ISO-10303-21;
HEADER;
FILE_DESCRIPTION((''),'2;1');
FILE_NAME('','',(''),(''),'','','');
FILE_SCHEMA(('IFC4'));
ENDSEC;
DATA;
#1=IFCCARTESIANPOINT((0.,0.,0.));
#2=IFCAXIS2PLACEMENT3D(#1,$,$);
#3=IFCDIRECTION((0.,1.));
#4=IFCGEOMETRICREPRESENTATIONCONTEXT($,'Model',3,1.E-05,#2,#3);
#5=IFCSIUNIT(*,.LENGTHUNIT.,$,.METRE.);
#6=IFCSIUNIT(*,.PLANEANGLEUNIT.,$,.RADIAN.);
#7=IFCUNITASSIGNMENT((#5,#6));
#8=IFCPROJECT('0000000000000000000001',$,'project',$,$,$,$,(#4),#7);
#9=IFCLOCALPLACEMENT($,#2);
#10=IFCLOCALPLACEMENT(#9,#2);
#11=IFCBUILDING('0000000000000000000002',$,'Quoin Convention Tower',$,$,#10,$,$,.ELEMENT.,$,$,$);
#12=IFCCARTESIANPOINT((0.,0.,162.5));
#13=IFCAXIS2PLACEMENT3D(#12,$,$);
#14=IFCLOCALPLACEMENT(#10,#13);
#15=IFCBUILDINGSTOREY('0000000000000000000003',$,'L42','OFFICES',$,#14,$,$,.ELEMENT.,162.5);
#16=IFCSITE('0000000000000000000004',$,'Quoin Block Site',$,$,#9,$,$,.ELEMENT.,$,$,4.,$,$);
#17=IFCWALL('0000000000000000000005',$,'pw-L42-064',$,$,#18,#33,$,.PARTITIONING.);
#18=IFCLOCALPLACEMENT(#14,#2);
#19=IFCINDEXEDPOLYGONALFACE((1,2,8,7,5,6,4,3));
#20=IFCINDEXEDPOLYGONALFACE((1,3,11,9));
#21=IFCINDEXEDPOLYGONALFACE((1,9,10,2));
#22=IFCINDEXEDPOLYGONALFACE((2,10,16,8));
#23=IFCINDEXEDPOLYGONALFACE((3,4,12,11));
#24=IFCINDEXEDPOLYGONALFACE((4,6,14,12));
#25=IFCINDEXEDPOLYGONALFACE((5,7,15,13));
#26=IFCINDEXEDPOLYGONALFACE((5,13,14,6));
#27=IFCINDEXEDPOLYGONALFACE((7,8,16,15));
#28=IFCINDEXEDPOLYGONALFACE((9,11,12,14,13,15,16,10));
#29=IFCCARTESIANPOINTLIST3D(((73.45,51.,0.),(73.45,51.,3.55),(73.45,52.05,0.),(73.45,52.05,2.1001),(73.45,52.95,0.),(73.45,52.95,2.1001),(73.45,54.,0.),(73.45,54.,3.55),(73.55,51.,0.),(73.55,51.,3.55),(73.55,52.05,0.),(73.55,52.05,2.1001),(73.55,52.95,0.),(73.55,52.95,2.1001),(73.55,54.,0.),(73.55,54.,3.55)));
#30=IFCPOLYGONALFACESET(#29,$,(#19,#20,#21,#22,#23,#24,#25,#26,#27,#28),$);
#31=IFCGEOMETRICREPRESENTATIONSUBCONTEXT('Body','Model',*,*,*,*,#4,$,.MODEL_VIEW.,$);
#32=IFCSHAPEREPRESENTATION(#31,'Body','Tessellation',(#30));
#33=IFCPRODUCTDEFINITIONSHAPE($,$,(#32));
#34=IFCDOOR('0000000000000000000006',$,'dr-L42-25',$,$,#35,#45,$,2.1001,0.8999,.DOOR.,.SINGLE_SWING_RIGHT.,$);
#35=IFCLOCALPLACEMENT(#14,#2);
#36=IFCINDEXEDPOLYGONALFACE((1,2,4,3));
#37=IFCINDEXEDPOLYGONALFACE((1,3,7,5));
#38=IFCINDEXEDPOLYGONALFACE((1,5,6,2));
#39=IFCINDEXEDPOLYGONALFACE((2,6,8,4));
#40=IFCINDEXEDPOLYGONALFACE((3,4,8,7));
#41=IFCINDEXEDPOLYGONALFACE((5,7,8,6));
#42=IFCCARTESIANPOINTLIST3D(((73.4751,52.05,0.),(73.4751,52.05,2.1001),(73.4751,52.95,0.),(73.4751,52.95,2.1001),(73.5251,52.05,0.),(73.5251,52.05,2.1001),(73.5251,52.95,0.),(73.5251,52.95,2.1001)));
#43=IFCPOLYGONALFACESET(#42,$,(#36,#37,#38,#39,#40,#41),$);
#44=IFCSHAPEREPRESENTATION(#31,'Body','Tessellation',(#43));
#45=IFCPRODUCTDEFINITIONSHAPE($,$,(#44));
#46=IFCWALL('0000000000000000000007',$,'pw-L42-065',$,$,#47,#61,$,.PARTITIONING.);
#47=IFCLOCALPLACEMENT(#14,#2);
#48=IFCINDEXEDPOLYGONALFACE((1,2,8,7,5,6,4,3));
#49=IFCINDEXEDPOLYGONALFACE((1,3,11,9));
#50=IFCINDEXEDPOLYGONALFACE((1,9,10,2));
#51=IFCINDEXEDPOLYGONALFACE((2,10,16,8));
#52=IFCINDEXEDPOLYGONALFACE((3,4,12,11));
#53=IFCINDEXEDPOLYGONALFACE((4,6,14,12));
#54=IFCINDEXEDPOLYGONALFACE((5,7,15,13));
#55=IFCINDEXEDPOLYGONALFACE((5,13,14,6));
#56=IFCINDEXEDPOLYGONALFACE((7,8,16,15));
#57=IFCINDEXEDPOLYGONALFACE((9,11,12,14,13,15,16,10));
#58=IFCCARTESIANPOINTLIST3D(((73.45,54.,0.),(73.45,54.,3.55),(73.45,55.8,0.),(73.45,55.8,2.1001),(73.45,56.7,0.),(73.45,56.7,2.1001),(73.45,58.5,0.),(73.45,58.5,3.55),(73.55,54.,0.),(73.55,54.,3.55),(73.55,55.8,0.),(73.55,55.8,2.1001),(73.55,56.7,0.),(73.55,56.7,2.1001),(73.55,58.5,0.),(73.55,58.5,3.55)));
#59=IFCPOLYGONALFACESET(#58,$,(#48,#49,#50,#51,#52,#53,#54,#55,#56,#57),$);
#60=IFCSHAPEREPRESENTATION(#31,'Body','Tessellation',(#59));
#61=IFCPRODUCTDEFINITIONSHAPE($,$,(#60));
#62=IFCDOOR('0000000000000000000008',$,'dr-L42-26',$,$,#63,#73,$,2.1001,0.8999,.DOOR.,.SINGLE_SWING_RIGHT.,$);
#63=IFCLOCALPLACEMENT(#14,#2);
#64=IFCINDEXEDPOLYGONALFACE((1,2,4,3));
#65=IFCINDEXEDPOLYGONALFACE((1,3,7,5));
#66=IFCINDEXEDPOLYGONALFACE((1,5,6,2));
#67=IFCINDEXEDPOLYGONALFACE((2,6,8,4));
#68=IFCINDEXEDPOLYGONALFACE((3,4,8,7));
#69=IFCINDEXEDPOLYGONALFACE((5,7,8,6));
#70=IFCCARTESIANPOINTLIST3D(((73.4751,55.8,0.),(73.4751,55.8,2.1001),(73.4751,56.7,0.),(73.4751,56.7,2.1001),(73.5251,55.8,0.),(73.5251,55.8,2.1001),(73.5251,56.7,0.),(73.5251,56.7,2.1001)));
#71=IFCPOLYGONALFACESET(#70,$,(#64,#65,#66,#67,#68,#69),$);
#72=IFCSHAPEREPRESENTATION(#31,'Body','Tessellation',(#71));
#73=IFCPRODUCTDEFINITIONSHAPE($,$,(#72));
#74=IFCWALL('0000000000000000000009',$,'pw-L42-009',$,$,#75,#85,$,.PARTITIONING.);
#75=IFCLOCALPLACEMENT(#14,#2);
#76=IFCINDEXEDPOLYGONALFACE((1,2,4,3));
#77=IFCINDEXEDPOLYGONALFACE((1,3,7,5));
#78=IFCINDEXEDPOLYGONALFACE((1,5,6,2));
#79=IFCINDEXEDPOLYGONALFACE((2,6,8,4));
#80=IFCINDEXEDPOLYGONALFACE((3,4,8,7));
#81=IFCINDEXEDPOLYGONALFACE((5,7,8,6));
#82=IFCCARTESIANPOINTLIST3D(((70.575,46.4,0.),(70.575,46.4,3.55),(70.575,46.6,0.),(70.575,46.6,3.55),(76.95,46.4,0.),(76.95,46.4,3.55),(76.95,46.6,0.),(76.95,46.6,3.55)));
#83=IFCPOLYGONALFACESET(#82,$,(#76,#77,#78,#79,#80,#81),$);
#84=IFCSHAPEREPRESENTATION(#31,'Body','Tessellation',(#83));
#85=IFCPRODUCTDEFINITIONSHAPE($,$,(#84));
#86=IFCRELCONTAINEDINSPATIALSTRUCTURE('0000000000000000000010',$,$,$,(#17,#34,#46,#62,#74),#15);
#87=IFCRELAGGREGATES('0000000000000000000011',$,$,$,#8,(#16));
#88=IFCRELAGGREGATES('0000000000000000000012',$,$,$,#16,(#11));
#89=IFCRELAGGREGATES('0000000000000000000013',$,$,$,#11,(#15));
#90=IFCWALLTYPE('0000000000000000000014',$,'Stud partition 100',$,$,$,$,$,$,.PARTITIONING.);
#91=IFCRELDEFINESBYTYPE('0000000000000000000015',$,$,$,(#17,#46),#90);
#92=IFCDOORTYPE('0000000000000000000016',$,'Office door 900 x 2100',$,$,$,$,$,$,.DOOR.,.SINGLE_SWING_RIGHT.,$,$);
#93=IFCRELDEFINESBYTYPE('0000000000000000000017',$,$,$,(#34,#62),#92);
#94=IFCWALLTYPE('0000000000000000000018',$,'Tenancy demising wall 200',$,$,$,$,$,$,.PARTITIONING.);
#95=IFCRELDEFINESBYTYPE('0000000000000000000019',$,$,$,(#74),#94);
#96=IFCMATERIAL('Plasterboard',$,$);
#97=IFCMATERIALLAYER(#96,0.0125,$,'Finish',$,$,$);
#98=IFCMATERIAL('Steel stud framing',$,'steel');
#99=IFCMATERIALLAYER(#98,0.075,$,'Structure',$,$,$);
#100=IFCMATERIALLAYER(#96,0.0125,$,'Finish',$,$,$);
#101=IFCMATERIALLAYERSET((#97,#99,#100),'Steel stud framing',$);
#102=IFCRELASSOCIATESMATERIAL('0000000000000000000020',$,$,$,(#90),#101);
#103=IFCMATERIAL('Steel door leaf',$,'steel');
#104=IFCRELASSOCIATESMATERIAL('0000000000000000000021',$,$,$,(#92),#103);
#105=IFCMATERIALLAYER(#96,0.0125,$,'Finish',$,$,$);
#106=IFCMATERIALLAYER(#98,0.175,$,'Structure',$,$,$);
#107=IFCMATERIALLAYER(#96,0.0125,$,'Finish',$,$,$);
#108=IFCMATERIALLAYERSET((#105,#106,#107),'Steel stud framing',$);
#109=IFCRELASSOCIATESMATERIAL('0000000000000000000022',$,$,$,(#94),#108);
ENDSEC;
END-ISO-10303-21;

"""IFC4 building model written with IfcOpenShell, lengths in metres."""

from ifc_helpers import new_model, si_unit, direction, frame, frame_2d, origin, place, context, subcontext, project, spatial, rectangle, extrude, material, layer, layer_set, type_object, element, fill, save


model = new_model("IFC4")

# Units and contexts
model_context = context("Model", 3, precision=1e-05, world=origin(), true_north=direction((0.0, 1.0)))
body_context = subcontext(model_context, "Body", "Model", "MODEL_VIEW")
ifc_project = project(units=[si_unit("LENGTHUNIT", "METRE"), si_unit("PLANEANGLEUNIT", "RADIAN")], contexts=[model_context])

# Site, building, storey
site_placement = place(None, origin())
site = spatial("IfcSite", under=ifc_project, at=site_placement, Name="Quoin Block Site", CompositionType="ELEMENT", RefElevation=4.0)
building_placement = place(site_placement, origin())
building = spatial("IfcBuilding", under=site, at=building_placement, Name="Quoin Convention Tower", CompositionType="ELEMENT")
storey_placement = place(building_placement, frame((0.0, 0.0, 162.5)))
storey = spatial("IfcBuildingStorey", under=building, at=storey_placement, Name="L42", Description="OFFICES", CompositionType="ELEMENT", Elevation=162.5)

# Shared definitions
ifc_material_1 = material(Name="Plasterboard")
ifc_material_2 = material(Name="Steel stud framing", Category="steel")

# Shared definitions
ifc_material_3 = material(Name="Steel door leaf", Category="steel")

# Shared definitions
ifc_layer_1 = layer(ifc_material_1, 0.0125, Name="Finish")
ifc_layer_2 = layer(ifc_material_2, 0.075, Name="Structure")
ifc_layer_3 = layer(ifc_material_1, 0.0125, Name="Finish")
ifc_layer_set_1 = layer_set([ifc_layer_1, ifc_layer_2, ifc_layer_3], Name="Steel stud framing")
wall_type_1 = type_object("IfcWallType", Name="Stud partition 100", PredefinedType="PARTITIONING", material=ifc_layer_set_1)

# Shared definitions
door_type_1 = type_object("IfcDoorType", Name="Office door 900 x 2100", OperationType="SINGLE_SWING_RIGHT", PredefinedType="DOOR", material=ifc_material_3)

# Walls, openings, doors
wall_1_placement = place(storey_placement, frame((73.5, 51.0, 0.0), z_axis=(0.0, 0.0, 1.0), x_axis=(0.0, 1.0, 0.0)))
wall_1 = element("IfcWall", 1, at=wall_1_placement, inside=storey, type_object=wall_type_1, Name="pw-L42-064", PredefinedType="PARTITIONING", context=body_context, shape_type="SweptSolid", body=[
    extrude(rectangle(XDim=3.0, YDim=0.1001, at=frame_2d((1.5, 0.0))), origin(), (0.0, 0.0, 1.0), 3.55),
])
opening_1_placement = place(wall_1_placement, frame((1.05, 0.0, 0.0)))
opening_1 = element("IfcOpeningElement", 2, at=opening_1_placement, cuts=wall_1, PredefinedType="OPENING", context=body_context, shape_type="SweptSolid", body=[
    extrude(rectangle(XDim=0.8999, YDim=2.1001, at=frame_2d((0.45, 1.05))), frame((0.0, 0.0601, 0.0), z_axis=(0.0, -1.0, 0.0), x_axis=(1.0, 0.0, 0.0)), (0.0, 0.0, 1.0), 0.1201),
])
door_1_placement = place(opening_1_placement, origin())
door_1 = element("IfcDoor", 3, at=door_1_placement, inside=storey, type_object=door_type_1, Name="dr-L42-25", OperationType="SINGLE_SWING_RIGHT", OverallHeight=2.1001, OverallWidth=0.8999, PredefinedType="DOOR", context=body_context, shape_type="SweptSolid", body=[
    extrude(rectangle(XDim=0.8999, YDim=2.1001, at=frame_2d((0.45, 1.05))), frame((0.0, 0.0249, 0.0), z_axis=(0.0, -1.0, 0.0), x_axis=(1.0, 0.0, 0.0)), (0.0, 0.0, 1.0), 0.05),
])
fill(opening_1, door_1)
wall_2_placement = place(storey_placement, frame((73.5, 54.0, 0.0), z_axis=(0.0, 0.0, 1.0), x_axis=(0.0, 1.0, 0.0)))
wall_2 = element("IfcWall", 4, at=wall_2_placement, inside=storey, type_object=wall_type_1, Name="pw-L42-065", PredefinedType="PARTITIONING", context=body_context, shape_type="SweptSolid", body=[
    extrude(rectangle(XDim=4.5, YDim=0.1001, at=frame_2d((2.25, 0.0))), origin(), (0.0, 0.0, 1.0), 3.55),
])
opening_2_placement = place(wall_2_placement, frame((1.8, 0.0, 0.0)))
opening_2 = element("IfcOpeningElement", 5, at=opening_2_placement, cuts=wall_2, PredefinedType="OPENING", context=body_context, shape_type="SweptSolid", body=[
    extrude(rectangle(XDim=0.8999, YDim=2.1001, at=frame_2d((0.45, 1.05))), frame((0.0, 0.0601, 0.0), z_axis=(0.0, -1.0, 0.0), x_axis=(1.0, 0.0, 0.0)), (0.0, 0.0, 1.0), 0.1201),
])
door_2_placement = place(opening_2_placement, origin())
door_2 = element("IfcDoor", 6, at=door_2_placement, inside=storey, type_object=door_type_1, Name="dr-L42-26", OperationType="SINGLE_SWING_RIGHT", OverallHeight=2.1001, OverallWidth=0.8999, PredefinedType="DOOR", context=body_context, shape_type="SweptSolid", body=[
    extrude(rectangle(XDim=0.8999, YDim=2.1001, at=frame_2d((0.45, 1.05))), frame((0.0, 0.0249, 0.0), z_axis=(0.0, -1.0, 0.0), x_axis=(1.0, 0.0, 0.0)), (0.0, 0.0, 1.0), 0.05),
])
fill(opening_2, door_2)

# Wall
ifc_layer_4 = layer(ifc_material_1, 0.0125, Name="Finish")
ifc_layer_5 = layer(ifc_material_2, 0.175, Name="Structure")
ifc_layer_6 = layer(ifc_material_1, 0.0125, Name="Finish")
ifc_layer_set_2 = layer_set([ifc_layer_4, ifc_layer_5, ifc_layer_6], Name="Steel stud framing")
wall_type_2 = type_object("IfcWallType", Name="Tenancy demising wall 200", PredefinedType="PARTITIONING", material=ifc_layer_set_2)
wall_3_placement = place(storey_placement, frame((70.575, 46.5, 0.0), z_axis=(0.0, 0.0, 1.0), x_axis=(1.0, 0.0, 0.0)))
element("IfcWall", 7, at=wall_3_placement, inside=storey, type_object=wall_type_2, Name="pw-L42-009", PredefinedType="PARTITIONING", context=body_context, shape_type="SweptSolid", body=[
    extrude(rectangle(XDim=6.375, YDim=0.2, at=frame_2d((3.1875, 0.0))), origin(), (0.0, 0.0, 1.0), 3.55),
])

save(model, "model.ifc")
